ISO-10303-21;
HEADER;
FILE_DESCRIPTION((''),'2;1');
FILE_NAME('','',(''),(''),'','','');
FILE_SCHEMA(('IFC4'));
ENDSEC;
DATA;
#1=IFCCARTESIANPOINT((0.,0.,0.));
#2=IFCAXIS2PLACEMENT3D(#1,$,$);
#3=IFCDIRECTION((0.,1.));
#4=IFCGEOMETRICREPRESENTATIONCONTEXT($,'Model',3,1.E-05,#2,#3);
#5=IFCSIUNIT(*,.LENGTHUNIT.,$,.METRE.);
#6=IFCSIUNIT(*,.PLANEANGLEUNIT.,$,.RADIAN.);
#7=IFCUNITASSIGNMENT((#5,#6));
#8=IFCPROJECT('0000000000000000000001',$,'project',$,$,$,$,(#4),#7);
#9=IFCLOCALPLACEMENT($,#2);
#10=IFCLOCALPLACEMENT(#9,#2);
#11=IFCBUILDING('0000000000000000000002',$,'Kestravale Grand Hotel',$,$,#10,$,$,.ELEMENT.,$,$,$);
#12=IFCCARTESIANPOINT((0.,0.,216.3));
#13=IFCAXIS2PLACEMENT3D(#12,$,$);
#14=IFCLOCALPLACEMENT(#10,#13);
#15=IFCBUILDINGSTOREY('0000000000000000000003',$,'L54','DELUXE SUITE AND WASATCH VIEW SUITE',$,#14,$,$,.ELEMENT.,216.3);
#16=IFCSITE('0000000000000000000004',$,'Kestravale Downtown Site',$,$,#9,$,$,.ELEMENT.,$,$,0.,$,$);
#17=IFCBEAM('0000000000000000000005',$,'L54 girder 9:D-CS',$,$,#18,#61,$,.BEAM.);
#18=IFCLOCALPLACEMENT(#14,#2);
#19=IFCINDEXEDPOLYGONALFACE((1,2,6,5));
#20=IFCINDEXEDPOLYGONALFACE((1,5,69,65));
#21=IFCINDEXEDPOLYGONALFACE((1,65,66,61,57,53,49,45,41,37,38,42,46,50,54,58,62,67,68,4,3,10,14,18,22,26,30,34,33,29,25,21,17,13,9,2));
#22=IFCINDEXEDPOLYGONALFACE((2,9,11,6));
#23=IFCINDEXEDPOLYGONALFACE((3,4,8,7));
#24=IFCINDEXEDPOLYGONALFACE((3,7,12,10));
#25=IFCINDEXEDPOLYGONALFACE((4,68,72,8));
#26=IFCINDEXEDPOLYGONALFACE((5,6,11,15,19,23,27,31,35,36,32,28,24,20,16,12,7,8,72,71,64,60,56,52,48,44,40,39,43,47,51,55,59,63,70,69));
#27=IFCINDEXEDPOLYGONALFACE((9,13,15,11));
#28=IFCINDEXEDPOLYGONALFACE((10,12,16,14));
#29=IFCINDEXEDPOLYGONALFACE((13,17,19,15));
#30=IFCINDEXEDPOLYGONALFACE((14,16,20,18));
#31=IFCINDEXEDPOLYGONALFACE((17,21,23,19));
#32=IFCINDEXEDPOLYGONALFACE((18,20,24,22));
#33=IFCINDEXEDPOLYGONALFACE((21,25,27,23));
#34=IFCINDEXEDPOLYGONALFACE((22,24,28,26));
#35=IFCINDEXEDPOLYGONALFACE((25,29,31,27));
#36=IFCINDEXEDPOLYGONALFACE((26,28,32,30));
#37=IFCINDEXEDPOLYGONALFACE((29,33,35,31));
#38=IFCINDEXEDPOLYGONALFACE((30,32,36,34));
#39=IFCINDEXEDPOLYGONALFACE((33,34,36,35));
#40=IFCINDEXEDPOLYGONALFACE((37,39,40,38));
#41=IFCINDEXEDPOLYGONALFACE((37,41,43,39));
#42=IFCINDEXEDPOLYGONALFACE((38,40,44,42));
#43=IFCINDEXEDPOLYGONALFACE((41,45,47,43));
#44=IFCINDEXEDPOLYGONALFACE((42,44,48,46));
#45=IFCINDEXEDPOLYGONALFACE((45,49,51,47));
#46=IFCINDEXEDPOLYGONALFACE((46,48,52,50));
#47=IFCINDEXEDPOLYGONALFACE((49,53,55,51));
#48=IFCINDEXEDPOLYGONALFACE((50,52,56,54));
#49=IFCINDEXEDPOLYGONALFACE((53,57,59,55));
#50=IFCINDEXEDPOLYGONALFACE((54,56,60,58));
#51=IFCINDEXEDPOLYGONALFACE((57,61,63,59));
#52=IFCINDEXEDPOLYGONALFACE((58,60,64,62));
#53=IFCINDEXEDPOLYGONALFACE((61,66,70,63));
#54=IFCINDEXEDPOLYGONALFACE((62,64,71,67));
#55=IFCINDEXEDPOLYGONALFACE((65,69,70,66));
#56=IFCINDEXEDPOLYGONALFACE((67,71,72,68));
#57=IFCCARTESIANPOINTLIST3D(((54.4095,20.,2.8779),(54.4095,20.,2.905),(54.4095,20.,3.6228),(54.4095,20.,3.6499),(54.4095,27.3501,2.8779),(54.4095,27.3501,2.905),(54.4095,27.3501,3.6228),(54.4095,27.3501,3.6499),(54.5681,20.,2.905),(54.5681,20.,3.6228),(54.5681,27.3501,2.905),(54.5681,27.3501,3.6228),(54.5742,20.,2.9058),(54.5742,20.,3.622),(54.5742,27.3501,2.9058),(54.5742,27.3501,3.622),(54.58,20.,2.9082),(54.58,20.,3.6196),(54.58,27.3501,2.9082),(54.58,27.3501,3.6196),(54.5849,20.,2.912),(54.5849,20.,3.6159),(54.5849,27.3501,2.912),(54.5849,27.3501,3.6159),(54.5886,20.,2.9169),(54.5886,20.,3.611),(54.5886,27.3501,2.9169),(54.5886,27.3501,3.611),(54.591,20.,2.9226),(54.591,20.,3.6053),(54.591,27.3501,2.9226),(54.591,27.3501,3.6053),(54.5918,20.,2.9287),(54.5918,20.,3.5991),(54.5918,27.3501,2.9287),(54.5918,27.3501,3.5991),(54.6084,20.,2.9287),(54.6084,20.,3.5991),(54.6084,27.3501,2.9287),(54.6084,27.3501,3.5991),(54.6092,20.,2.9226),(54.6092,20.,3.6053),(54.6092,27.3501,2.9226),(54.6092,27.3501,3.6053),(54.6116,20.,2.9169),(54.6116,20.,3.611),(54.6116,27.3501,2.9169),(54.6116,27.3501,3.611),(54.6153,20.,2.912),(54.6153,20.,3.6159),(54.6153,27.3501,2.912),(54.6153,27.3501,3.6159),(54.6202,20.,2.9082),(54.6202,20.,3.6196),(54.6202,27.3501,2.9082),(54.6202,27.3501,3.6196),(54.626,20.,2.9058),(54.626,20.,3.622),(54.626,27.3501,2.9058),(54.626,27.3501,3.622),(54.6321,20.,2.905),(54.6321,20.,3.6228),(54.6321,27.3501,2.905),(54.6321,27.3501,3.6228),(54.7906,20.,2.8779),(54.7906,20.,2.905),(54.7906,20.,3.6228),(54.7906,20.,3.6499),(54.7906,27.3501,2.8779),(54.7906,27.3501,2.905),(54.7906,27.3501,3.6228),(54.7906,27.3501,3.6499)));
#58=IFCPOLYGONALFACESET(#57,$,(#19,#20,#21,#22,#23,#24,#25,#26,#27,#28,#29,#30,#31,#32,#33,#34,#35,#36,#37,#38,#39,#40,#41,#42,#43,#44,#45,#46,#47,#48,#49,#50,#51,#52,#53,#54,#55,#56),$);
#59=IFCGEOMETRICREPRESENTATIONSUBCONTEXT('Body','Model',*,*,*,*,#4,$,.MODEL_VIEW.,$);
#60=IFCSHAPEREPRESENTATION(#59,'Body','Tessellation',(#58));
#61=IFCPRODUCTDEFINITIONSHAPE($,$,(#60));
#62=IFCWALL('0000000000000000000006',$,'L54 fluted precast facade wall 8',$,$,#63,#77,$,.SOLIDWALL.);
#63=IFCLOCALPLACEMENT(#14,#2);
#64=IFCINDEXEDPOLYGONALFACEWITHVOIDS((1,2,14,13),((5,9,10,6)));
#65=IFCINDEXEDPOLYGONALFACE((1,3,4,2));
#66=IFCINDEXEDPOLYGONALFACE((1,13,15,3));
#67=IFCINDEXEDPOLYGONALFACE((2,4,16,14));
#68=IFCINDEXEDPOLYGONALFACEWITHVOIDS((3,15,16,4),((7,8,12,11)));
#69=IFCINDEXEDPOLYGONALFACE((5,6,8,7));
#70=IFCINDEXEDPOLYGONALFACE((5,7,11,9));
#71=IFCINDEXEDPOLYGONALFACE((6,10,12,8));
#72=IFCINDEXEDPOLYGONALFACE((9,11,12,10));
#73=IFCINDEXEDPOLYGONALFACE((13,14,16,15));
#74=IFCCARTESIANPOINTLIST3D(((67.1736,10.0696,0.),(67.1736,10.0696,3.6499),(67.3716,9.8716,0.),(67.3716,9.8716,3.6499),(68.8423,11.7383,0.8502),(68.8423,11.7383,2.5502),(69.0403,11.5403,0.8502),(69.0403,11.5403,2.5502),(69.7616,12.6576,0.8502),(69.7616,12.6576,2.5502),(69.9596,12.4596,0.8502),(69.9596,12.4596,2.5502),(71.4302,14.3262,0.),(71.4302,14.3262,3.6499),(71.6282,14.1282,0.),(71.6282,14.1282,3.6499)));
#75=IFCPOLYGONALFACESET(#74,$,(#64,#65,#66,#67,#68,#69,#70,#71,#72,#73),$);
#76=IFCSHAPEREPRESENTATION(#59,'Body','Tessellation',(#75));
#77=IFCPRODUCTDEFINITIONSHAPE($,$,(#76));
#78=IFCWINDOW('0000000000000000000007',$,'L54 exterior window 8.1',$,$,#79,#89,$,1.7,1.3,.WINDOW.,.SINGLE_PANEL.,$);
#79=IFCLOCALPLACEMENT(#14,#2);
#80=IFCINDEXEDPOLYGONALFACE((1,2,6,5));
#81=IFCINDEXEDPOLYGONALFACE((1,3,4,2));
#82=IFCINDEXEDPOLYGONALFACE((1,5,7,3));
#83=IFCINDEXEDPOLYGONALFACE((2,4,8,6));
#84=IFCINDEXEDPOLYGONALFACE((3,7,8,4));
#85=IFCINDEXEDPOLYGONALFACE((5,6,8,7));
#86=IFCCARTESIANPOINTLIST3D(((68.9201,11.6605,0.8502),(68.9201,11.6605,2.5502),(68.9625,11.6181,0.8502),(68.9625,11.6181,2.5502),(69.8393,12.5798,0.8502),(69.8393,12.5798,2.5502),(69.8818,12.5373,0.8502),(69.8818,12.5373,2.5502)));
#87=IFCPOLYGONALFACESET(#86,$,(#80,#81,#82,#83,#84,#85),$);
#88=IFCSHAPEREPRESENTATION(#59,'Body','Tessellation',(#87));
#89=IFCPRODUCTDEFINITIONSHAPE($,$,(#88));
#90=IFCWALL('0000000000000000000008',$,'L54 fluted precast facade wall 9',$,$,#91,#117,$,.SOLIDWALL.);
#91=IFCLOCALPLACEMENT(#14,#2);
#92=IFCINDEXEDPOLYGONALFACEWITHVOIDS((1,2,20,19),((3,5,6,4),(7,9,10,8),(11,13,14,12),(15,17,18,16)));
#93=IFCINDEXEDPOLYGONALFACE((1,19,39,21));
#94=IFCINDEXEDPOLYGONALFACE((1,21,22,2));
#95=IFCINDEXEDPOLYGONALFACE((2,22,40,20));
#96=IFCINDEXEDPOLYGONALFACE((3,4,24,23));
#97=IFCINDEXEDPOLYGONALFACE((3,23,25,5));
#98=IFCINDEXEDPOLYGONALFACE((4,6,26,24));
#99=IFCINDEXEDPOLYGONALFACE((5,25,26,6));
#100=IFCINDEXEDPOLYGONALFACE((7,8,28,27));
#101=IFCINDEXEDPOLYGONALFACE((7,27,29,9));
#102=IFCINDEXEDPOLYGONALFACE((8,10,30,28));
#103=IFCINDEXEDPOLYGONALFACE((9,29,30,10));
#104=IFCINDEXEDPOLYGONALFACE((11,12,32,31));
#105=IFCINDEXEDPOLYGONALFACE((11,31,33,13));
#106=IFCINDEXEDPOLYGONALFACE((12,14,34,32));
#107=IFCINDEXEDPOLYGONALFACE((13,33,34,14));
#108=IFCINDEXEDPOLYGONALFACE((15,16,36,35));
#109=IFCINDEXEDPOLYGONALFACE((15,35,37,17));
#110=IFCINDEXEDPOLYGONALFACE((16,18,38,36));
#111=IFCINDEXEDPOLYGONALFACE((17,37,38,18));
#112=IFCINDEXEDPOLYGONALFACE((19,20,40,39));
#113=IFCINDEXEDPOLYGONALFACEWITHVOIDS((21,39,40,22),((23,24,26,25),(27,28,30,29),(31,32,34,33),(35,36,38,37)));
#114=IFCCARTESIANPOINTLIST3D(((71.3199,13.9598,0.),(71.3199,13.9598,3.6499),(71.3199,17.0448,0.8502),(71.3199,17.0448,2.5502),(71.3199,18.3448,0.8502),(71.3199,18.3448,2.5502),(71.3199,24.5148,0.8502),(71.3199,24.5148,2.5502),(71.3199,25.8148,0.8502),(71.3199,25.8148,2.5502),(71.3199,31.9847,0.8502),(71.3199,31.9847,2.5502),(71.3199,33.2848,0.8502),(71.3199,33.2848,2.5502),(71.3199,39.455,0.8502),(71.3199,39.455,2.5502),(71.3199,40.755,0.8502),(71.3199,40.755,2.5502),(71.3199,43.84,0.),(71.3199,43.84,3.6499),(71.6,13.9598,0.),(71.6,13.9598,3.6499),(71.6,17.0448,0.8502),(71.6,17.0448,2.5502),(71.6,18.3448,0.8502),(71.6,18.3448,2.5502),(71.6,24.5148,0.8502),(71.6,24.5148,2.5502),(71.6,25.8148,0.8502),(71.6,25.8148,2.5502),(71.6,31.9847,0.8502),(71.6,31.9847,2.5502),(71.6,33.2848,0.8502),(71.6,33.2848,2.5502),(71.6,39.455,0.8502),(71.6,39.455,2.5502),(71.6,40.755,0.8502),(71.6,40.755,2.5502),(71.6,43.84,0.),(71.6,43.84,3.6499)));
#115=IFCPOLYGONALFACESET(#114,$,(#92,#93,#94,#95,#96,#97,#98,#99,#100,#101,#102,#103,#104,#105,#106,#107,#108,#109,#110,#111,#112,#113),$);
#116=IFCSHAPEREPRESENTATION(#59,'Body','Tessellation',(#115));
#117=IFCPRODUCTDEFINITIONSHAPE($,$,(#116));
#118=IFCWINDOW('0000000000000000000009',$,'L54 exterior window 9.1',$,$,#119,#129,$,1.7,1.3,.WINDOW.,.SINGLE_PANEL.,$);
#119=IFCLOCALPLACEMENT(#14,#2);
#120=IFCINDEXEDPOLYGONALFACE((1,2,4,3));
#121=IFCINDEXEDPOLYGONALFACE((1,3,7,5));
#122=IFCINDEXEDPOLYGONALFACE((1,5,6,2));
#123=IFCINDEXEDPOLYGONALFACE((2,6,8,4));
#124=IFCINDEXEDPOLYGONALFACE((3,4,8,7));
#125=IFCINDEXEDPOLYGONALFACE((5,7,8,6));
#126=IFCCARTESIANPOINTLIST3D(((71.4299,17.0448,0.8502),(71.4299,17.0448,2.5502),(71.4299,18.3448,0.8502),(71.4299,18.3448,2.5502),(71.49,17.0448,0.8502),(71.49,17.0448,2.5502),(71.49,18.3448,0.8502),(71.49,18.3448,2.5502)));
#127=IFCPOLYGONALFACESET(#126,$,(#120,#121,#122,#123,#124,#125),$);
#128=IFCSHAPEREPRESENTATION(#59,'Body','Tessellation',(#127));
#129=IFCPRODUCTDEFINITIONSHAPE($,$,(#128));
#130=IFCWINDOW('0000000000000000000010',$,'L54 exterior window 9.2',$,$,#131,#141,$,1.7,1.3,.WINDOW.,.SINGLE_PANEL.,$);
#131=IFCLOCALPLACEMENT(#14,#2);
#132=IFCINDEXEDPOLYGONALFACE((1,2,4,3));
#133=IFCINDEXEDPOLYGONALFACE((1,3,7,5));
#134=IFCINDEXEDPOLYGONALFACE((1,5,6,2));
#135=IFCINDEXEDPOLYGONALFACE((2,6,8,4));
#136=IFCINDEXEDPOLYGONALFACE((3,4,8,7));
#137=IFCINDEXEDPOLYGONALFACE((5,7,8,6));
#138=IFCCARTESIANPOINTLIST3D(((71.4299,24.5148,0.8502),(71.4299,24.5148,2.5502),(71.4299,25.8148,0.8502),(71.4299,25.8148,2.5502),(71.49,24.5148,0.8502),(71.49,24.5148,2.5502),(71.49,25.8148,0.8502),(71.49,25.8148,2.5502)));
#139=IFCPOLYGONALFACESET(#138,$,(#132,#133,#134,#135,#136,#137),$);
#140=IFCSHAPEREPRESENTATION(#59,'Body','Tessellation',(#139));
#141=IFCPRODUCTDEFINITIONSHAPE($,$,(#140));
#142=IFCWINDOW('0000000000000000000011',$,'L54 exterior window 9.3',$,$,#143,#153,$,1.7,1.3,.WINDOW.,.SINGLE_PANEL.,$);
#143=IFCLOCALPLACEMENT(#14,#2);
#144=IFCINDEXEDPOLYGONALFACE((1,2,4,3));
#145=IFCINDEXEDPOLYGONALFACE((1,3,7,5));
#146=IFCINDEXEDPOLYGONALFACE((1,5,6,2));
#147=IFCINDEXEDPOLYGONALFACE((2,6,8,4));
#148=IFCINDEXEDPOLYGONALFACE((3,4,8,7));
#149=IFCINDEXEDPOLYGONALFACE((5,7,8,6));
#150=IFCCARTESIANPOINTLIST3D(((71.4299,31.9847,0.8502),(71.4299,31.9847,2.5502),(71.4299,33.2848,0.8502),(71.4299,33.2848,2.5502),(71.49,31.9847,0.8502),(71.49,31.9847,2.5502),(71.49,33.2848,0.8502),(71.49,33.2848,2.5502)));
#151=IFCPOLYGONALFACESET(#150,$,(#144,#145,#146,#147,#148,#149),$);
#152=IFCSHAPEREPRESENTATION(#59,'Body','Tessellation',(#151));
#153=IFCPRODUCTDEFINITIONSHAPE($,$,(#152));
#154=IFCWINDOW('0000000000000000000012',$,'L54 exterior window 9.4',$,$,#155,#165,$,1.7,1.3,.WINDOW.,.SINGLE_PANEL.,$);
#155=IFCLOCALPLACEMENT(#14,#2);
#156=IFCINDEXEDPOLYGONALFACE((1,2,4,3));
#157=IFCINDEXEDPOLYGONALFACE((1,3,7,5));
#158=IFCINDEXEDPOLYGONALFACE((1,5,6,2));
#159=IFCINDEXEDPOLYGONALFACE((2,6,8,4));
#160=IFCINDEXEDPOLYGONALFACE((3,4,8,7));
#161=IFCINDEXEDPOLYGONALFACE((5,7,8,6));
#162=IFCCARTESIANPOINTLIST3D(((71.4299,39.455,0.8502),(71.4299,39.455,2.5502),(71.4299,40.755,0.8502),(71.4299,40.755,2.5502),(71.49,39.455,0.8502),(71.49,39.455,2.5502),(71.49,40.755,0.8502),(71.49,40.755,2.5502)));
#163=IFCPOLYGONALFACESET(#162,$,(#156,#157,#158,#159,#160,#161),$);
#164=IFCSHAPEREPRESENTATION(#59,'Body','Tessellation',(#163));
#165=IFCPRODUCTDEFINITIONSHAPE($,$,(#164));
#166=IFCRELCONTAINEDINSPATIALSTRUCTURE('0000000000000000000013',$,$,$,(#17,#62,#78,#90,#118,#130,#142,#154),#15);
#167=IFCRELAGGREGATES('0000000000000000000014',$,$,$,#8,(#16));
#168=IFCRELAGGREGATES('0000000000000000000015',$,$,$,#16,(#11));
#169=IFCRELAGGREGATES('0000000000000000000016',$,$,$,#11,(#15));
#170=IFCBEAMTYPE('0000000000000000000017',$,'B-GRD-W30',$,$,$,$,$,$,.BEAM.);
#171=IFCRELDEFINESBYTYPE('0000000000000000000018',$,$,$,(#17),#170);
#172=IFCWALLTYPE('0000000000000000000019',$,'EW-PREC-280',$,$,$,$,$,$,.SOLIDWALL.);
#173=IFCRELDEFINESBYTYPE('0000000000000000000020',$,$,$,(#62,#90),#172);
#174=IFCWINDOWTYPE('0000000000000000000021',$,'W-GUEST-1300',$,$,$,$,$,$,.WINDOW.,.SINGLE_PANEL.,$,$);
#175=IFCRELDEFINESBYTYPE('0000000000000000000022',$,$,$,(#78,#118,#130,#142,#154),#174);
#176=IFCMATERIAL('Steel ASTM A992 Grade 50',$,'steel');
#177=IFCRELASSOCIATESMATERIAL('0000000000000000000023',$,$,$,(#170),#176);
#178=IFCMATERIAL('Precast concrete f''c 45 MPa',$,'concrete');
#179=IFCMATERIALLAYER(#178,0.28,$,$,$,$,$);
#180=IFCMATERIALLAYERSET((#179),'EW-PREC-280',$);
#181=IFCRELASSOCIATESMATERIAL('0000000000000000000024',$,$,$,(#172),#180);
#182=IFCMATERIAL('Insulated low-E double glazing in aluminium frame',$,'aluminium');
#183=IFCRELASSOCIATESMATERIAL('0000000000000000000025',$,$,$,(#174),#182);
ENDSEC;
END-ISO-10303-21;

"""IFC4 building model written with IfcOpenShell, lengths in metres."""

from ifc_helpers import new_model, si_unit, direction, frame, frame_2d, origin, origin_2d, place, context, subcontext, project, spatial, rectangle, i_section, extrude, material, layer, layer_set, material_profile, profile_set, type_object, element, fill, save


model = new_model("IFC4")

# Units and contexts
model_context = context("Model", 3, precision=1e-05, world=origin(), true_north=direction((0.0, 1.0)))
body_context = subcontext(model_context, "Body", "Model", "MODEL_VIEW")
ifc_project = project(units=[si_unit("LENGTHUNIT", "METRE"), si_unit("PLANEANGLEUNIT", "RADIAN")], contexts=[model_context])

# Site, building, storey
site_placement = place(None, origin())
site = spatial("IfcSite", under=ifc_project, at=site_placement, Name="Kestravale Downtown Site", CompositionType="ELEMENT", RefElevation=0.0)
building_placement = place(site_placement, origin())
building = spatial("IfcBuilding", under=site, at=building_placement, Name="Kestravale Grand Hotel", CompositionType="ELEMENT")
storey_placement = place(building_placement, frame((0.0, 0.0, 216.3)))
storey = spatial("IfcBuildingStorey", under=building, at=storey_placement, Name="L54", Description="DELUXE SUITE AND WASATCH VIEW SUITE", CompositionType="ELEMENT", Elevation=216.3)

# Beam
ifc_material_1 = material(Name="Steel ASTM A992 Grade 50", Category="steel")
ifc_material_profile_1 = material_profile(ifc_material_1, i_section(OverallWidth=0.3811, OverallDepth=0.772, WebThickness=0.0166, FlangeThickness=0.0271, FilletRadius=0.0237, at=origin_2d()))
ifc_profile_set_1 = profile_set([ifc_material_profile_1], Name="Steel ASTM A992 Grade 50")
beam_type_1 = type_object("IfcBeamType", Name="B-GRD-W30", PredefinedType="BEAM", material=ifc_profile_set_1)
beam_1_placement = place(storey_placement, frame((54.6001, 20.0, 3.2639), z_axis=(0.0, 1.0, 0.0), x_axis=(-1.0, 0.0, 0.0)))
element("IfcBeam", 1, at=beam_1_placement, inside=storey, type_object=beam_type_1, Name="L54 girder 9:D-CS", PredefinedType="BEAM", context=body_context, shape_type="SweptSolid", body=[
    extrude(i_section(OverallWidth=0.3811, OverallDepth=0.772, WebThickness=0.0166, FlangeThickness=0.0271, FilletRadius=0.0237, at=origin_2d()), origin(), (0.0, 0.0, 1.0), 7.3501),
])

# Wall, opening, window
ifc_material_2 = material(Name="Precast concrete f'c 45 MPa", Category="concrete")
ifc_layer_1 = layer(ifc_material_2, 0.28)
ifc_layer_set_1 = layer_set([ifc_layer_1], Name="EW-PREC-280")
wall_type_1 = type_object("IfcWallType", Name="EW-PREC-280", PredefinedType="SOLIDWALL", material=ifc_layer_set_1)
wall_1_placement = place(storey_placement, frame((67.2727, 9.9707, 0.0), z_axis=(0.0, 0.0, 1.0), x_axis=(0.707107, 0.707107, 0.0)))
wall_1 = element("IfcWall", 2, at=wall_1_placement, inside=storey, type_object=wall_type_1, Name="L54 fluted precast facade wall 8", PredefinedType="SOLIDWALL", context=body_context, shape_type="SweptSolid", body=[
    extrude(rectangle(XDim=6.0198, YDim=0.28, at=frame_2d((3.0098, 0.0))), origin(), (0.0, 0.0, 1.0), 3.6499),
])
opening_1_placement = place(wall_1_placement, frame((2.3599, 0.0, 0.8501)))
opening_1 = element("IfcOpeningElement", 3, at=opening_1_placement, cuts=wall_1, PredefinedType="OPENING", context=body_context, shape_type="SweptSolid", body=[
    extrude(rectangle(XDim=1.3, YDim=1.7, at=frame_2d((0.6499, 0.8501))), frame((0.0, 0.1499, 0.0), z_axis=(0.0, -1.0, 0.0), x_axis=(1.0, 0.0, 0.0)), (0.0, 0.0, 1.0), 0.3),
])
ifc_material_3 = material(Name="Insulated low-E double glazing in aluminium frame", Category="aluminium")
window_type = type_object("IfcWindowType", Name="W-GUEST-1300", PartitioningType="SINGLE_PANEL", PredefinedType="WINDOW", material=ifc_material_3)
window_1_placement = place(opening_1_placement, origin())
window_1 = element("IfcWindow", 4, at=window_1_placement, inside=storey, type_object=window_type, Name="L54 exterior window 8.1", OverallHeight=1.7, OverallWidth=1.3, PartitioningType="SINGLE_PANEL", PredefinedType="WINDOW", context=body_context, shape_type="SweptSolid", body=[
    extrude(rectangle(XDim=1.3, YDim=1.7, at=frame_2d((0.6499, 0.8501))), frame((0.0, 0.03, 0.0), z_axis=(0.0, -1.0, 0.0), x_axis=(1.0, 0.0, 0.0)), (0.0, 0.0, 1.0), 0.0601),
])
fill(opening_1, window_1)

# Wall, openings, windows
wall_2_placement = place(storey_placement, frame((71.46, 13.96, 0.0), z_axis=(0.0, 0.0, 1.0), x_axis=(0.0, 1.0, 0.0)))
wall_2 = element("IfcWall", 5, at=wall_2_placement, inside=storey, type_object=wall_type_1, Name="L54 fluted precast facade wall 9", PredefinedType="SOLIDWALL", context=body_context, shape_type="SweptSolid", body=[
    extrude(rectangle(XDim=29.8801, YDim=0.28, at=frame_2d((14.9399, 0.0))), origin(), (0.0, 0.0, 1.0), 3.6499),
])
opening_2_placement = place(wall_2_placement, frame((3.085, 0.0, 0.8501)))
opening_2 = element("IfcOpeningElement", 6, at=opening_2_placement, cuts=wall_2, PredefinedType="OPENING", context=body_context, shape_type="SweptSolid", body=[
    extrude(rectangle(XDim=1.3, YDim=1.7, at=frame_2d((0.6499, 0.8501))), frame((0.0, 0.1499, 0.0), z_axis=(0.0, -1.0, 0.0), x_axis=(1.0, 0.0, 0.0)), (0.0, 0.0, 1.0), 0.3),
])
opening_3_placement = place(wall_2_placement, frame((10.5549, 0.0, 0.8501)))
opening_3 = element("IfcOpeningElement", 7, at=opening_3_placement, cuts=wall_2, PredefinedType="OPENING", context=body_context, shape_type="SweptSolid", body=[
    extrude(rectangle(XDim=1.3, YDim=1.7, at=frame_2d((0.6499, 0.8501))), frame((0.0, 0.1499, 0.0), z_axis=(0.0, -1.0, 0.0), x_axis=(1.0, 0.0, 0.0)), (0.0, 0.0, 1.0), 0.3),
])
opening_4_placement = place(wall_2_placement, frame((18.0249, 0.0, 0.8501)))
opening_4 = element("IfcOpeningElement", 8, at=opening_4_placement, cuts=wall_2, PredefinedType="OPENING", context=body_context, shape_type="SweptSolid", body=[
    extrude(rectangle(XDim=1.3, YDim=1.7, at=frame_2d((0.6499, 0.8501))), frame((0.0, 0.1499, 0.0), z_axis=(0.0, -1.0, 0.0), x_axis=(1.0, 0.0, 0.0)), (0.0, 0.0, 1.0), 0.3),
])
opening_5_placement = place(wall_2_placement, frame((25.4951, 0.0, 0.8501)))
opening_5 = element("IfcOpeningElement", 9, at=opening_5_placement, cuts=wall_2, PredefinedType="OPENING", context=body_context, shape_type="SweptSolid", body=[
    extrude(rectangle(XDim=1.3, YDim=1.7, at=frame_2d((0.6499, 0.8501))), frame((0.0, 0.1499, 0.0), z_axis=(0.0, -1.0, 0.0), x_axis=(1.0, 0.0, 0.0)), (0.0, 0.0, 1.0), 0.3),
])
window_2_placement = place(opening_2_placement, origin())
window_2 = element("IfcWindow", 10, at=window_2_placement, inside=storey, type_object=window_type, Name="L54 exterior window 9.1", OverallHeight=1.7, OverallWidth=1.3, PartitioningType="SINGLE_PANEL", PredefinedType="WINDOW", context=body_context, shape_type="SweptSolid", body=[
    extrude(rectangle(XDim=1.3, YDim=1.7, at=frame_2d((0.6499, 0.8501))), frame((0.0, 0.03, 0.0), z_axis=(0.0, -1.0, 0.0), x_axis=(1.0, 0.0, 0.0)), (0.0, 0.0, 1.0), 0.0601),
])
fill(opening_2, window_2)
window_3_placement = place(opening_3_placement, origin())
window_3 = element("IfcWindow", 11, at=window_3_placement, inside=storey, type_object=window_type, Name="L54 exterior window 9.2", OverallHeight=1.7, OverallWidth=1.3, PartitioningType="SINGLE_PANEL", PredefinedType="WINDOW", context=body_context, shape_type="SweptSolid", body=[
    extrude(rectangle(XDim=1.3, YDim=1.7, at=frame_2d((0.6499, 0.8501))), frame((0.0, 0.03, 0.0), z_axis=(0.0, -1.0, 0.0), x_axis=(1.0, 0.0, 0.0)), (0.0, 0.0, 1.0), 0.0601),
])
fill(opening_3, window_3)
window_4_placement = place(opening_4_placement, origin())
window_4 = element("IfcWindow", 12, at=window_4_placement, inside=storey, type_object=window_type, Name="L54 exterior window 9.3", OverallHeight=1.7, OverallWidth=1.3, PartitioningType="SINGLE_PANEL", PredefinedType="WINDOW", context=body_context, shape_type="SweptSolid", body=[
    extrude(rectangle(XDim=1.3, YDim=1.7, at=frame_2d((0.6499, 0.8501))), frame((0.0, 0.03, 0.0), z_axis=(0.0, -1.0, 0.0), x_axis=(1.0, 0.0, 0.0)), (0.0, 0.0, 1.0), 0.0601),
])
fill(opening_4, window_4)
window_5_placement = place(opening_5_placement, origin())
window_5 = element("IfcWindow", 13, at=window_5_placement, inside=storey, type_object=window_type, Name="L54 exterior window 9.4", OverallHeight=1.7, OverallWidth=1.3, PartitioningType="SINGLE_PANEL", PredefinedType="WINDOW", context=body_context, shape_type="SweptSolid", body=[
    extrude(rectangle(XDim=1.3, YDim=1.7, at=frame_2d((0.6499, 0.8501))), frame((0.0, 0.03, 0.0), z_axis=(0.0, -1.0, 0.0), x_axis=(1.0, 0.0, 0.0)), (0.0, 0.0, 1.0), 0.0601),
])
fill(opening_5, window_5)

save(model, "model.ifc")
